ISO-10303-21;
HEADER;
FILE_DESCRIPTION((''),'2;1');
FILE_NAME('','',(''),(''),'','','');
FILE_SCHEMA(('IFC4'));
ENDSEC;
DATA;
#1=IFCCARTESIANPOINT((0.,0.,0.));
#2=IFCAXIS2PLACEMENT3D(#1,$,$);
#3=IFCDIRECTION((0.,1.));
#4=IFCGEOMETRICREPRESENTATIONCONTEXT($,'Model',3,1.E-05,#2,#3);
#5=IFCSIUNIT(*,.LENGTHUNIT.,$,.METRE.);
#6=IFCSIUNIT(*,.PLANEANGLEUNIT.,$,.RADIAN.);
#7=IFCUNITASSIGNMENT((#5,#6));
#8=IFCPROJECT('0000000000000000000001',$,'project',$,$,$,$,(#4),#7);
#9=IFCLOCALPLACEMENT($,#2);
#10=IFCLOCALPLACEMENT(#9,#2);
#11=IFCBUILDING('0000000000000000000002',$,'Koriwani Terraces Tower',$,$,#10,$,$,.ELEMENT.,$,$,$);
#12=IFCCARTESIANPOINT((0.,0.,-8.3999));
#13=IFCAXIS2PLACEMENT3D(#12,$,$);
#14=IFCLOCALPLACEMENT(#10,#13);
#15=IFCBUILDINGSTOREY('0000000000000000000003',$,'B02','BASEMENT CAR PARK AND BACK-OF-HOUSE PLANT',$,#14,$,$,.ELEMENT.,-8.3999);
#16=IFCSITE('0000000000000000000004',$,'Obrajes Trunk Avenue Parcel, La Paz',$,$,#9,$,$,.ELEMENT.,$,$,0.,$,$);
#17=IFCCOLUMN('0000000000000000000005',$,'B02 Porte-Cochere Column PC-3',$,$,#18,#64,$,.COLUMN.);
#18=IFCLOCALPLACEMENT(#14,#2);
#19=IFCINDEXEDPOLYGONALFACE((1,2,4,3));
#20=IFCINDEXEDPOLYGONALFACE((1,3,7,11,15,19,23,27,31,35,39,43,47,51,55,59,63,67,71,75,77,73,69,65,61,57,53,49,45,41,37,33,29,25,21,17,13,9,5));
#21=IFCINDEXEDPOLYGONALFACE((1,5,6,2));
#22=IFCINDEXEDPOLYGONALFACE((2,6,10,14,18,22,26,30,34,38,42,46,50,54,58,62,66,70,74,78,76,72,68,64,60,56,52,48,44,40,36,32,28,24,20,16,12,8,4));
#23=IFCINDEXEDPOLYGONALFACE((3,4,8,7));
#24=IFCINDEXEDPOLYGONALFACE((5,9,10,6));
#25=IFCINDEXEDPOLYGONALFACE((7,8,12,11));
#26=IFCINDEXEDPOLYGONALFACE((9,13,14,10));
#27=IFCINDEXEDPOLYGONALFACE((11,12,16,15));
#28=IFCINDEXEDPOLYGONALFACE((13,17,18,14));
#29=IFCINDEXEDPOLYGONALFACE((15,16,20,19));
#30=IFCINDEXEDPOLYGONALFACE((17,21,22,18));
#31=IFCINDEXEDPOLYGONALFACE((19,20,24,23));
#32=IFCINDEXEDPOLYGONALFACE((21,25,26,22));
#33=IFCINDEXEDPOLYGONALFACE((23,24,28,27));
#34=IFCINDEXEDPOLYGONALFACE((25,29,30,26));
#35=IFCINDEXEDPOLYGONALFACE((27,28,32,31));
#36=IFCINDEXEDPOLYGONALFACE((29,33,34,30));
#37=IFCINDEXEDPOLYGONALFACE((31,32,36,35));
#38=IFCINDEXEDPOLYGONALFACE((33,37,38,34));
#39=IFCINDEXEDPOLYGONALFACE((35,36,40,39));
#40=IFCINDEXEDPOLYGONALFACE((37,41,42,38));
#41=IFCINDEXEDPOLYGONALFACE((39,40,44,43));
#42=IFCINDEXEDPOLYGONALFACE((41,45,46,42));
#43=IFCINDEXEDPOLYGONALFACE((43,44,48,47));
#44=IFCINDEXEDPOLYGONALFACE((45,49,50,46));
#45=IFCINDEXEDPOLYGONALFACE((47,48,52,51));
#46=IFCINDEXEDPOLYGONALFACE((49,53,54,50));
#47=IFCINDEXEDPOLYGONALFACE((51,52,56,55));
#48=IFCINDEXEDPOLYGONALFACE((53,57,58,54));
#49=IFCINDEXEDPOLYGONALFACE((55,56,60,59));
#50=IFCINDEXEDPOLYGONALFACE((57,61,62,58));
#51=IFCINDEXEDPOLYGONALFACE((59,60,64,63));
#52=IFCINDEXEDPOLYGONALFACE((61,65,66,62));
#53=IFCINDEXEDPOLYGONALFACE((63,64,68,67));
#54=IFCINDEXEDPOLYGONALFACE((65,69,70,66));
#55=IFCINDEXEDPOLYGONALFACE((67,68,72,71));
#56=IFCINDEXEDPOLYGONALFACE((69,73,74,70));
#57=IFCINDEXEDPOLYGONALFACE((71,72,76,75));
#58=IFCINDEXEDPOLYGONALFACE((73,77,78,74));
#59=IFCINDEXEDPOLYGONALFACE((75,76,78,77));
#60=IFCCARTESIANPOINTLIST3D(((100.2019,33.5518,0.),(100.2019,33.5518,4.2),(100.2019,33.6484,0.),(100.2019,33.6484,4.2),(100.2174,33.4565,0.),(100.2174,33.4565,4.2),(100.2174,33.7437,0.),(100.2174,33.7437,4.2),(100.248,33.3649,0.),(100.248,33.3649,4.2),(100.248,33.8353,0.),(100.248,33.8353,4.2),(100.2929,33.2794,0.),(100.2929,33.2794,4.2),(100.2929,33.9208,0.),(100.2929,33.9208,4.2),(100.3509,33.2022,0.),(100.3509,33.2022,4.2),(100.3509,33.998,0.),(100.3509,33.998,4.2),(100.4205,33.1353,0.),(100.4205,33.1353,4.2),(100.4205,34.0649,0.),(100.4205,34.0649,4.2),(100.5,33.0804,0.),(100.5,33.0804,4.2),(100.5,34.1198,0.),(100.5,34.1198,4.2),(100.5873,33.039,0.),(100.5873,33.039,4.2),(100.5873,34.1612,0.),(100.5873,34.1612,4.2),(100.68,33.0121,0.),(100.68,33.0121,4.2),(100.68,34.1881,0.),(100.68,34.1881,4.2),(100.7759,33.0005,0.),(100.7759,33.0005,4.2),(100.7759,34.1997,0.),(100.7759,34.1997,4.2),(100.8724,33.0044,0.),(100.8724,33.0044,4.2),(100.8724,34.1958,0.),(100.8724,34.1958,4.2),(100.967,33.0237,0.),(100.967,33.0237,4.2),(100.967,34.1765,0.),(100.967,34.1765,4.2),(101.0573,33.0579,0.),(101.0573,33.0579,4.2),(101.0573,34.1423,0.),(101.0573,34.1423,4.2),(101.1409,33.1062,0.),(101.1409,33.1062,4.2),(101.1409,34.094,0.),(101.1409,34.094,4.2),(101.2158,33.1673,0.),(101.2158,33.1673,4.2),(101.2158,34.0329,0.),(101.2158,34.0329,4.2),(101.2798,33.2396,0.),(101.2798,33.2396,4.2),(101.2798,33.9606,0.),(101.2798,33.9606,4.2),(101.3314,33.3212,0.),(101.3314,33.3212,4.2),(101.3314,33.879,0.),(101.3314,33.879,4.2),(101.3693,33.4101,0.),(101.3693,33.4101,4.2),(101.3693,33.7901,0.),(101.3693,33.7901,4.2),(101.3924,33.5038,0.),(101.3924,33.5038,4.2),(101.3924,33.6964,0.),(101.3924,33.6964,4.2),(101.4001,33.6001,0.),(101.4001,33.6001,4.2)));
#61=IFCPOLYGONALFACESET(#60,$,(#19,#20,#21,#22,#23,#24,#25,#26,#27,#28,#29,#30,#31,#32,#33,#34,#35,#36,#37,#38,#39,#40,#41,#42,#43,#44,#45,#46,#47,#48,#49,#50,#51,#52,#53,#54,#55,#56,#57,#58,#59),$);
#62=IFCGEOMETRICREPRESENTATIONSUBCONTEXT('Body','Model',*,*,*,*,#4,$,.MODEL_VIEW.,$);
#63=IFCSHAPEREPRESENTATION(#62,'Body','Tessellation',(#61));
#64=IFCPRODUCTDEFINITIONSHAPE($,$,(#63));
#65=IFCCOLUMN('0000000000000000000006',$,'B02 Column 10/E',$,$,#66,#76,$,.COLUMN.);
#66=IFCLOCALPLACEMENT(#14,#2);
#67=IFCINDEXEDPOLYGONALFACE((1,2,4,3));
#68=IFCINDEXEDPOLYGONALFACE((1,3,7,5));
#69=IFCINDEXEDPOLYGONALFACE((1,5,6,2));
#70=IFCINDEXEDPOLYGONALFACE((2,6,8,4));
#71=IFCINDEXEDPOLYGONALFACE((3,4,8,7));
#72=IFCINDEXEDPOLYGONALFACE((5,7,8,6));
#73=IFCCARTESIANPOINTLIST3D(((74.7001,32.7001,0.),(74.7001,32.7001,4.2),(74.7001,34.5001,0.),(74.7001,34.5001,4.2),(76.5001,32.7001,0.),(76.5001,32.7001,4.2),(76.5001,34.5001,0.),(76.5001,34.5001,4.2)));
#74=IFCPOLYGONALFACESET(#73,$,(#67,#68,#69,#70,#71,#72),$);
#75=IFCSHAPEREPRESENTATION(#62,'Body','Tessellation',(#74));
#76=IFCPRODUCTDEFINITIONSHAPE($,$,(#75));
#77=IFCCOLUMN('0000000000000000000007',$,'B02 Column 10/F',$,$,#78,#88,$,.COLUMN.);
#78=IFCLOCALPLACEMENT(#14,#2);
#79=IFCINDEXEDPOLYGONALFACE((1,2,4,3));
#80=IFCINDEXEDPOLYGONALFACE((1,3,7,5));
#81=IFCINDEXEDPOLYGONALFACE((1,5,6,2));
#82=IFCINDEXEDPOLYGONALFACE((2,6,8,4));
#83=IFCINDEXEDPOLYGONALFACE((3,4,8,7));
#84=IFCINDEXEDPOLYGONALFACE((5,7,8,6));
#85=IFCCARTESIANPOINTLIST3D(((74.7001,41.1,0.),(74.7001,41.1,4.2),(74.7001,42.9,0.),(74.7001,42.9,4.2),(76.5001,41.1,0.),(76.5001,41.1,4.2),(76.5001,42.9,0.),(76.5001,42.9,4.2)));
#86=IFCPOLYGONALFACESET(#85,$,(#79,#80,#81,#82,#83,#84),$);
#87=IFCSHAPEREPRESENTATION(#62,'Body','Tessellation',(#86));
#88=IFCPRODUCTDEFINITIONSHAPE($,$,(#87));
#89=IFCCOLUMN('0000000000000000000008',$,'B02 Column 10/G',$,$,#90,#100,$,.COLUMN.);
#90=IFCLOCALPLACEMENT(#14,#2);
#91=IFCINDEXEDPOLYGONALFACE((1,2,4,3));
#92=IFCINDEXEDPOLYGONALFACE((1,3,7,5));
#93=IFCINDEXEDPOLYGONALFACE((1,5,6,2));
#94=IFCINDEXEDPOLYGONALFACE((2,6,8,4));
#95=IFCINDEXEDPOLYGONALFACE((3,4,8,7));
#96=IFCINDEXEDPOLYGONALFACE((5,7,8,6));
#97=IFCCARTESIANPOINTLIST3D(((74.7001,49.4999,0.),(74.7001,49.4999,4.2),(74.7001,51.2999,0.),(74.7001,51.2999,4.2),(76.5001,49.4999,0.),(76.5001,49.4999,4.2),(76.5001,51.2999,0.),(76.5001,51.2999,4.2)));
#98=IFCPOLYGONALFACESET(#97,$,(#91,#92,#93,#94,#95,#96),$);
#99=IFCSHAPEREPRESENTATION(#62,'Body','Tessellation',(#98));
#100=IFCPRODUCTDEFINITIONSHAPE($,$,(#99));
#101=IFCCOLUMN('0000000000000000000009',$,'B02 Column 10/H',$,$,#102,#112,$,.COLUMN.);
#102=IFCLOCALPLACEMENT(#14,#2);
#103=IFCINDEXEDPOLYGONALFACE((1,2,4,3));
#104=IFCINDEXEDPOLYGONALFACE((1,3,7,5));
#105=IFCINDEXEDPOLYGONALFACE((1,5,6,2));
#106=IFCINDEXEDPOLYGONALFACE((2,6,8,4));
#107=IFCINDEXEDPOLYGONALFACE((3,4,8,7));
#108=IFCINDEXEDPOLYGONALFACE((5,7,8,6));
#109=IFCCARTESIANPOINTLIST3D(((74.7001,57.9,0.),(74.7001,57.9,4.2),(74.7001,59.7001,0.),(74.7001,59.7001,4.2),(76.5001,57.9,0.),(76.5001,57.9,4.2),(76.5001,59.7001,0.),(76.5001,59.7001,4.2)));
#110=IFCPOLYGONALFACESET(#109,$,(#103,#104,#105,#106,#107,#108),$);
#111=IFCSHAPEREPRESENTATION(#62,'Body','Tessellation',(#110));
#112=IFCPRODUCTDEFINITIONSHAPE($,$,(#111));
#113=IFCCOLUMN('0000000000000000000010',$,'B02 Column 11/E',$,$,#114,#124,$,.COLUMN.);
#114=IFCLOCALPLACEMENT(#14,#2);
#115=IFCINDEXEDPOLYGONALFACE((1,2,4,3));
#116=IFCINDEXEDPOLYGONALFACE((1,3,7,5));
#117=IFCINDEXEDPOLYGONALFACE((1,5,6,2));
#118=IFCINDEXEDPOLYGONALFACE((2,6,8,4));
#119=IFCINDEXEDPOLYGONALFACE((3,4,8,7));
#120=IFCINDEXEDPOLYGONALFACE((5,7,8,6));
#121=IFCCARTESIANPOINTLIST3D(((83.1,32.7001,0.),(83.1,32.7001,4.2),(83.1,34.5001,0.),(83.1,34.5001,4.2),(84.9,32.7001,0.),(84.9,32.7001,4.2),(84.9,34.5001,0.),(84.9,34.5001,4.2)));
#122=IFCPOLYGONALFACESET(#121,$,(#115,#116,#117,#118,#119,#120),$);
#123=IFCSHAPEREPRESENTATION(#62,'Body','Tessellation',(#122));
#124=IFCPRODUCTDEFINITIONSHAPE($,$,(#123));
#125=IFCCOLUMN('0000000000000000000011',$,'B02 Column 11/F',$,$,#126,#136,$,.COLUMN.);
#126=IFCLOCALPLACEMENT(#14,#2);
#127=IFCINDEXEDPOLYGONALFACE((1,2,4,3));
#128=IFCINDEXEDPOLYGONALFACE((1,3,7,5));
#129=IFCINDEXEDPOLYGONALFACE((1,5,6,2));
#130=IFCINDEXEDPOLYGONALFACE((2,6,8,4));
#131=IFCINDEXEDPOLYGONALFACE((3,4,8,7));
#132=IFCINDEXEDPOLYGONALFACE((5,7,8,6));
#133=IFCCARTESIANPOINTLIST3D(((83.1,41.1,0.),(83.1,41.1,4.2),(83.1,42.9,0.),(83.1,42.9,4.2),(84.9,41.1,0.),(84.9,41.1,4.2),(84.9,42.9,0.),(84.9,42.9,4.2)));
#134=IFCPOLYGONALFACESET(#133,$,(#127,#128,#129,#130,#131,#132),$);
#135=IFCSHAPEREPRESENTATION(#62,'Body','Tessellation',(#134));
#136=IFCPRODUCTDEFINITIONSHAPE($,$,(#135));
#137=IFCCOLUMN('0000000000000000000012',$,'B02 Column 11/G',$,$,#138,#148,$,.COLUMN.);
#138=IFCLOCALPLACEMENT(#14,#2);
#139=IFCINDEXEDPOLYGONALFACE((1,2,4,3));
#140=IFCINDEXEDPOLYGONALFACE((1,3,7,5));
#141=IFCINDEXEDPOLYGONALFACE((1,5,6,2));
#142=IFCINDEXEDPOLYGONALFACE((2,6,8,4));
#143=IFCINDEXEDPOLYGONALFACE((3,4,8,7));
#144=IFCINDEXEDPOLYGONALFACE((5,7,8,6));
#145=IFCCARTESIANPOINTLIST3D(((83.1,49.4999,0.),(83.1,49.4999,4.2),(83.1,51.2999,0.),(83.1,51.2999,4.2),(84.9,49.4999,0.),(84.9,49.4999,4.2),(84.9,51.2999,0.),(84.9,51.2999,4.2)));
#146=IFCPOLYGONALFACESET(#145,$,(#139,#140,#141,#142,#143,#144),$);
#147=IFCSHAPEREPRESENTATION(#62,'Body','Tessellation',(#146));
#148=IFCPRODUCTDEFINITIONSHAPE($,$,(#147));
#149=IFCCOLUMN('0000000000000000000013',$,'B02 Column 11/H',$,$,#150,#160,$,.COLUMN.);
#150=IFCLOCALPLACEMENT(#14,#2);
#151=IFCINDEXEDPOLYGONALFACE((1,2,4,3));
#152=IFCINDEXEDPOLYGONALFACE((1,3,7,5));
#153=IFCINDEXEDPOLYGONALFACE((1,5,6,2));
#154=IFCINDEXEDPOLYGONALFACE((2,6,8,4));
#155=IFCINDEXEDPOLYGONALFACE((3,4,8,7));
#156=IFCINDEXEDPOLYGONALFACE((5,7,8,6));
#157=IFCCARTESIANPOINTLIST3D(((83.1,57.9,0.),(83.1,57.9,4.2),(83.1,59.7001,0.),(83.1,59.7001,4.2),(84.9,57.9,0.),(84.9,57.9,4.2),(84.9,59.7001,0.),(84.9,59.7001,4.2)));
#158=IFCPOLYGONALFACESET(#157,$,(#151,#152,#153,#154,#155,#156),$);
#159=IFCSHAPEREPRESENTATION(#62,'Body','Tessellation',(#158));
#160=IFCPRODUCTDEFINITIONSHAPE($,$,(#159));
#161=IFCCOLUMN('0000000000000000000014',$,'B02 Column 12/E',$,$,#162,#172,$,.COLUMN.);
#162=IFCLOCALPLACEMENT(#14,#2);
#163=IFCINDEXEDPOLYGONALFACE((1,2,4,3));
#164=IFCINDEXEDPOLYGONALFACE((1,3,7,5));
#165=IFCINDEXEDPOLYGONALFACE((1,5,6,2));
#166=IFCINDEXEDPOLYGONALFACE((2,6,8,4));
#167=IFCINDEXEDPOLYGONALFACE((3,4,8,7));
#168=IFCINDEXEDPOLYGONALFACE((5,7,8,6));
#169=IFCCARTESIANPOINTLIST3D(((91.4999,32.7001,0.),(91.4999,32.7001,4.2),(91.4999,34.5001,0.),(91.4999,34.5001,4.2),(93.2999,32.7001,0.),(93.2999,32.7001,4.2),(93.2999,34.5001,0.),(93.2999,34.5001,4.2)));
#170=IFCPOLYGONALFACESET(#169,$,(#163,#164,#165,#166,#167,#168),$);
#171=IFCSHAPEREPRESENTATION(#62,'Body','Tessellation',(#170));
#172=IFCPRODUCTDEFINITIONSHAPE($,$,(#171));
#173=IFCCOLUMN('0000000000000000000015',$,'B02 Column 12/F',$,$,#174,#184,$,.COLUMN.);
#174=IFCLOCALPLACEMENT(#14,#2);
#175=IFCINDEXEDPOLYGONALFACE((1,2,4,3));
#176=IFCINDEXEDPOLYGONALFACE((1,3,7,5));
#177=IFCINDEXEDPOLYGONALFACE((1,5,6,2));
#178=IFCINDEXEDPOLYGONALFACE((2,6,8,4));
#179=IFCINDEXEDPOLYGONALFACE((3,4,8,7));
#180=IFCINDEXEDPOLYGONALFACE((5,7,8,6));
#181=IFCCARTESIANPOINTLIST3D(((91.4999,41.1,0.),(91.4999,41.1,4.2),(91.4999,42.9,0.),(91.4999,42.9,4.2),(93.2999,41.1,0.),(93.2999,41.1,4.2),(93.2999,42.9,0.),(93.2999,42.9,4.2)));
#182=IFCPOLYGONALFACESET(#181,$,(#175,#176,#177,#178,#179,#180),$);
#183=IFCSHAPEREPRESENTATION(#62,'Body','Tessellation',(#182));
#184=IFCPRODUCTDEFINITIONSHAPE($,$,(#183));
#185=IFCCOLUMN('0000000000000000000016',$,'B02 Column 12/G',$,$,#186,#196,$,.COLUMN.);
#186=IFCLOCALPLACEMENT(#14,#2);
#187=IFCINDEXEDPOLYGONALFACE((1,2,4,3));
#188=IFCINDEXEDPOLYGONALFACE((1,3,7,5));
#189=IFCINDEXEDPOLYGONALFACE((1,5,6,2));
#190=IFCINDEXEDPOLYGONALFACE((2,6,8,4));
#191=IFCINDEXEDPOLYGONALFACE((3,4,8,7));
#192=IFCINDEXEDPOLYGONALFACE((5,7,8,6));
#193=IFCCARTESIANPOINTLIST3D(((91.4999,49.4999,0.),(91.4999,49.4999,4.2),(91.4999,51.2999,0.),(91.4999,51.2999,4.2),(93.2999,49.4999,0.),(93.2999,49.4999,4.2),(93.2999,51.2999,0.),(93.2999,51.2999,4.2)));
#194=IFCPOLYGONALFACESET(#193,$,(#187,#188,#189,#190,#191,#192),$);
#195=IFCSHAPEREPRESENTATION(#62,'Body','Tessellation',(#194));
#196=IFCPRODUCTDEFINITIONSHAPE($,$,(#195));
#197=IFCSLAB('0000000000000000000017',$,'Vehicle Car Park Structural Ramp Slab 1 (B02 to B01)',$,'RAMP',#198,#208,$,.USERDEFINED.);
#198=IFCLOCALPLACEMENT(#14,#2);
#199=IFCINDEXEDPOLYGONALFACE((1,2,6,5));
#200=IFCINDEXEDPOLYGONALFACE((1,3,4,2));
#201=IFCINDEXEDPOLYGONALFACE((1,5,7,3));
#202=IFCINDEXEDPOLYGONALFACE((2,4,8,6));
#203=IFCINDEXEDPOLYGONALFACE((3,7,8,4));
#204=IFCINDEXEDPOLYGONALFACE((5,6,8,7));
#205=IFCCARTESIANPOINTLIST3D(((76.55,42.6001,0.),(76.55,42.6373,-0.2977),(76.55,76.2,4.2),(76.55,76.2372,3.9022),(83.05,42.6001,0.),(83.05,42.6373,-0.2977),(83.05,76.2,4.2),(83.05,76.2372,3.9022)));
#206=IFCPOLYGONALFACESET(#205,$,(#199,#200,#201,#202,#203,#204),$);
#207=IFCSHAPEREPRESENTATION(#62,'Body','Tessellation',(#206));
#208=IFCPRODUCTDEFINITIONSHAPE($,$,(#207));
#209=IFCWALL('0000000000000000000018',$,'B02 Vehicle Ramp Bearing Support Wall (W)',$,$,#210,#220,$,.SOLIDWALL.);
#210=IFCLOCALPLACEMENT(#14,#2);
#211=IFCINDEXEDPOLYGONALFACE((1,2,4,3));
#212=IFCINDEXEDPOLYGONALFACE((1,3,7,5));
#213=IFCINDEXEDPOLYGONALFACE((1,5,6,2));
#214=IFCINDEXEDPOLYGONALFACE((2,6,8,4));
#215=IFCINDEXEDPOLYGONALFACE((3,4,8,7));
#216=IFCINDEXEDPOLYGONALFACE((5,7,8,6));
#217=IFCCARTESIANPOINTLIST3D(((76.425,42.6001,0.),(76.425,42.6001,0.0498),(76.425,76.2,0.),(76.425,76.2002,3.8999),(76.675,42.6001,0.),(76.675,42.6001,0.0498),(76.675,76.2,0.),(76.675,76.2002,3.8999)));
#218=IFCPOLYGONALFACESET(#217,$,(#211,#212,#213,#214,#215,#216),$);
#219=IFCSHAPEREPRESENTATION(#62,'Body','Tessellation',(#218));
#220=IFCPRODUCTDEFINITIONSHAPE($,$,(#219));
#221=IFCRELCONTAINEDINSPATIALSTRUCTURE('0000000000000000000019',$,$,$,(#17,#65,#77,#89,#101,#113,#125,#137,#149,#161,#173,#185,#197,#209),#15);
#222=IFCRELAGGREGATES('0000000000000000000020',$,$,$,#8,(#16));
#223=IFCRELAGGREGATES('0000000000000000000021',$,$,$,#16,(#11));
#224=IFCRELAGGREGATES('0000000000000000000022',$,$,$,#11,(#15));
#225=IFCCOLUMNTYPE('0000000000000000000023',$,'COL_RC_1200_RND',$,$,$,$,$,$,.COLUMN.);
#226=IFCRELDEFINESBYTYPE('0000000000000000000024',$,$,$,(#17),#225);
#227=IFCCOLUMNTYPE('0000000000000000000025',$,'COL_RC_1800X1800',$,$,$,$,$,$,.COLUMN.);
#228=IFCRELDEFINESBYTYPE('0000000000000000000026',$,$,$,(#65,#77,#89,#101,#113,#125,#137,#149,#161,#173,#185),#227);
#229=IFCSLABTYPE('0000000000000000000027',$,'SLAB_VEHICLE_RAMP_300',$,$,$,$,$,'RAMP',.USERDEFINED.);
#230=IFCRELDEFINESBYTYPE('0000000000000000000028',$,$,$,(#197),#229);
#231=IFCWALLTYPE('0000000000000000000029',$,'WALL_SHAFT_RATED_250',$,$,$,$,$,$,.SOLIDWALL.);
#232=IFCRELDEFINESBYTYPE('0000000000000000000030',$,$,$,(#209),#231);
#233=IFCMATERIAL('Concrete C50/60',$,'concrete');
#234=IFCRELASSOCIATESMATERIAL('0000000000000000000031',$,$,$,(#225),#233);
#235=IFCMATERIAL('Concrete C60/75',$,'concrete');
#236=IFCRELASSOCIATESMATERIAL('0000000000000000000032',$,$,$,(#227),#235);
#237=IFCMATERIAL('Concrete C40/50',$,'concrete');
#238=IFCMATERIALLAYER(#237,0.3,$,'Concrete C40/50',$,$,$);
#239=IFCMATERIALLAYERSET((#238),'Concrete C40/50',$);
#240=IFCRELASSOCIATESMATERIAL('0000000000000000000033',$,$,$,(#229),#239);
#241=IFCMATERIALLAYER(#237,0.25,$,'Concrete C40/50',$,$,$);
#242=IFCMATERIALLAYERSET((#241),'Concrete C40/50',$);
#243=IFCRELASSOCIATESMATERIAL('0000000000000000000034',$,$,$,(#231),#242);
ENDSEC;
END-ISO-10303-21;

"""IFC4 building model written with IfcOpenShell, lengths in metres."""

from ifc_helpers import new_model, si_unit, direction, frame, origin, origin_2d, place, context, subcontext, project, spatial, polyline, rectangle, circle, outline, extrude, material, layer, layer_set, material_profile, profile_set, type_object, element, save


model = new_model("IFC4")

# Units and contexts
model_context = context("Model", 3, precision=1e-05, world=origin(), true_north=direction((0.0, 1.0)))
body_context = subcontext(model_context, "Body", "Model", "MODEL_VIEW")
ifc_project = project(units=[si_unit("LENGTHUNIT", "METRE"), si_unit("PLANEANGLEUNIT", "RADIAN")], contexts=[model_context])

# Site, building, storey
site_placement = place(None, origin())
site = spatial("IfcSite", under=ifc_project, at=site_placement, Name="Obrajes Trunk Avenue Parcel, La Paz", CompositionType="ELEMENT", RefElevation=0.0)
building_placement = place(site_placement, origin())
building = spatial("IfcBuilding", under=site, at=building_placement, Name="Koriwani Terraces Tower", CompositionType="ELEMENT")
storey_placement = place(building_placement, frame((0.0, 0.0, -8.3999)))
storey = spatial("IfcBuildingStorey", under=building, at=storey_placement, Name="B02", Description="BASEMENT CAR PARK AND BACK-OF-HOUSE PLANT", CompositionType="ELEMENT", Elevation=-8.3999)

# Shared definitions
ifc_material_1 = material(Name="Concrete C40/50", Category="concrete")

# Columns
ifc_material_2 = material(Name="Concrete C50/60", Category="concrete")
ifc_material_profile_1 = material_profile(ifc_material_2, circle(Radius=0.6001, at=origin_2d()), Name="Concrete C50/60", Category="LoadBearing")
ifc_profile_set_1 = profile_set([ifc_material_profile_1], Name="Concrete C50/60")
column_type_1 = type_object("IfcColumnType", Name="COL_RC_1200_RND", PredefinedType="COLUMN", material=ifc_profile_set_1)
column_placement = place(storey_placement, frame((100.8, 33.6001, 0.0), z_axis=(0.0, 0.0, 1.0), x_axis=(1.0, 0.0, 0.0)))
element("IfcColumn", 1, at=column_placement, inside=storey, type_object=column_type_1, Name="B02 Porte-Cochere Column PC-3", PredefinedType="COLUMN", context=body_context, shape_type="SweptSolid", body=[
    extrude(circle(Radius=0.6001, at=origin_2d()), origin(), (0.0, 0.0, 1.0), 4.2),
])
ifc_material_3 = material(Name="Concrete C60/75", Category="concrete")
ifc_material_profile_2 = material_profile(ifc_material_3, rectangle(XDim=1.8, YDim=1.8, at=origin_2d()), Name="Concrete C60/75", Category="LoadBearing")
ifc_profile_set_2 = profile_set([ifc_material_profile_2], Name="Concrete C60/75")
column_type_2 = type_object("IfcColumnType", Name="COL_RC_1800X1800", PredefinedType="COLUMN", material=ifc_profile_set_2)
for number, where, z_axis, x_axis, name in (
    (2, (75.6001, 33.6001, 0.0), (0.0, 0.0, 1.0), (1.0, 0.0, 0.0), "B02 Column 10/E"),
    (3, (75.6001, 42.0, 0.0), (0.0, 0.0, 1.0), (1.0, 0.0, 0.0), "B02 Column 10/F"),
    (4, (75.6001, 50.3999, 0.0), (0.0, 0.0, 1.0), (1.0, 0.0, 0.0), "B02 Column 10/G"),
    (5, (75.6001, 58.8, 0.0), (0.0, 0.0, 1.0), (1.0, 0.0, 0.0), "B02 Column 10/H"),
    (6, (84.0, 33.6001, 0.0), (0.0, 0.0, 1.0), (1.0, 0.0, 0.0), "B02 Column 11/E"),
    (7, (84.0, 42.0, 0.0), (0.0, 0.0, 1.0), (1.0, 0.0, 0.0), "B02 Column 11/F"),
    (8, (84.0, 50.3999, 0.0), (0.0, 0.0, 1.0), (1.0, 0.0, 0.0), "B02 Column 11/G"),
    (9, (84.0, 58.8, 0.0), (0.0, 0.0, 1.0), (1.0, 0.0, 0.0), "B02 Column 11/H"),
    (10, (92.3999, 33.6001, 0.0), (0.0, 0.0, 1.0), (1.0, 0.0, 0.0), "B02 Column 12/E"),
    (11, (92.3999, 42.0, 0.0), (0.0, 0.0, 1.0), (1.0, 0.0, 0.0), "B02 Column 12/F"),
    (12, (92.3999, 50.3999, 0.0), (0.0, 0.0, 1.0), (1.0, 0.0, 0.0), "B02 Column 12/G"),
):
    element("IfcColumn", number, at=place(storey_placement, frame(where, z_axis=z_axis, x_axis=x_axis)), inside=storey, type_object=column_type_2, Name=name, PredefinedType="COLUMN", context=body_context, shape_type="SweptSolid", body=[
        extrude(rectangle(XDim=1.8, YDim=1.8, at=origin_2d()), origin(), (0.0, 0.0, 1.0), 4.2),
    ])

# Slab
ifc_layer_1 = layer(ifc_material_1, 0.3, Name="Concrete C40/50")
ifc_layer_set_1 = layer_set([ifc_layer_1], Name="Concrete C40/50")
slab_type = type_object("IfcSlabType", Name="SLAB_VEHICLE_RAMP_300", ElementType="RAMP", PredefinedType="USERDEFINED", material=ifc_layer_set_1)
slab_placement = place(storey_placement, frame((76.55, 42.6001, 0.0), z_axis=(0.0, -0.124034, 0.992278), x_axis=(1.0, 0.0, 0.0)))
element("IfcSlab", 13, at=slab_placement, inside=storey, type_object=slab_type, Name="Vehicle Car Park Structural Ramp Slab 1 (B02 to B01)", ObjectType="RAMP", PredefinedType="USERDEFINED", context=body_context, shape_type="SweptSolid", body=[
    extrude(outline(polyline([(0.0, 0.0), (6.5, 0.0), (6.5, 33.8613), (0.0, 33.8613), (0.0, 0.0)])), origin(), (0.0, 0.0, -1.0), 0.3),
])

# Wall
ifc_layer_2 = layer(ifc_material_1, 0.25, Name="Concrete C40/50")
ifc_layer_set_2 = layer_set([ifc_layer_2], Name="Concrete C40/50")
wall_type = type_object("IfcWallType", Name="WALL_SHAFT_RATED_250", PredefinedType="SOLIDWALL", material=ifc_layer_set_2)
for number, where, z_axis, x_axis, name in (
    (14, (76.55, 42.6001, 0.0), (0.0, 0.0, 1.0), (0.0, 1.0, 0.0), "B02 Vehicle Ramp Bearing Support Wall (W)"),
):
    element("IfcWall", number, at=place(storey_placement, frame(where, z_axis=z_axis, x_axis=x_axis)), inside=storey, type_object=wall_type, Name=name, PredefinedType="SOLIDWALL", context=body_context, shape_type="SweptSolid", body=[
        extrude(outline(polyline([(0.0, 0.0), (33.5999, 0.0), (33.6001, 3.8999), (0.0, 0.0498), (0.0, 0.0)])), frame((0.0, 0.125, 0.0), z_axis=(0.0, -1.0, 0.0), x_axis=(1.0, 0.0, 0.0)), (0.0, 0.0, 1.0), 0.25),
    ])

save(model, "model.ifc")
